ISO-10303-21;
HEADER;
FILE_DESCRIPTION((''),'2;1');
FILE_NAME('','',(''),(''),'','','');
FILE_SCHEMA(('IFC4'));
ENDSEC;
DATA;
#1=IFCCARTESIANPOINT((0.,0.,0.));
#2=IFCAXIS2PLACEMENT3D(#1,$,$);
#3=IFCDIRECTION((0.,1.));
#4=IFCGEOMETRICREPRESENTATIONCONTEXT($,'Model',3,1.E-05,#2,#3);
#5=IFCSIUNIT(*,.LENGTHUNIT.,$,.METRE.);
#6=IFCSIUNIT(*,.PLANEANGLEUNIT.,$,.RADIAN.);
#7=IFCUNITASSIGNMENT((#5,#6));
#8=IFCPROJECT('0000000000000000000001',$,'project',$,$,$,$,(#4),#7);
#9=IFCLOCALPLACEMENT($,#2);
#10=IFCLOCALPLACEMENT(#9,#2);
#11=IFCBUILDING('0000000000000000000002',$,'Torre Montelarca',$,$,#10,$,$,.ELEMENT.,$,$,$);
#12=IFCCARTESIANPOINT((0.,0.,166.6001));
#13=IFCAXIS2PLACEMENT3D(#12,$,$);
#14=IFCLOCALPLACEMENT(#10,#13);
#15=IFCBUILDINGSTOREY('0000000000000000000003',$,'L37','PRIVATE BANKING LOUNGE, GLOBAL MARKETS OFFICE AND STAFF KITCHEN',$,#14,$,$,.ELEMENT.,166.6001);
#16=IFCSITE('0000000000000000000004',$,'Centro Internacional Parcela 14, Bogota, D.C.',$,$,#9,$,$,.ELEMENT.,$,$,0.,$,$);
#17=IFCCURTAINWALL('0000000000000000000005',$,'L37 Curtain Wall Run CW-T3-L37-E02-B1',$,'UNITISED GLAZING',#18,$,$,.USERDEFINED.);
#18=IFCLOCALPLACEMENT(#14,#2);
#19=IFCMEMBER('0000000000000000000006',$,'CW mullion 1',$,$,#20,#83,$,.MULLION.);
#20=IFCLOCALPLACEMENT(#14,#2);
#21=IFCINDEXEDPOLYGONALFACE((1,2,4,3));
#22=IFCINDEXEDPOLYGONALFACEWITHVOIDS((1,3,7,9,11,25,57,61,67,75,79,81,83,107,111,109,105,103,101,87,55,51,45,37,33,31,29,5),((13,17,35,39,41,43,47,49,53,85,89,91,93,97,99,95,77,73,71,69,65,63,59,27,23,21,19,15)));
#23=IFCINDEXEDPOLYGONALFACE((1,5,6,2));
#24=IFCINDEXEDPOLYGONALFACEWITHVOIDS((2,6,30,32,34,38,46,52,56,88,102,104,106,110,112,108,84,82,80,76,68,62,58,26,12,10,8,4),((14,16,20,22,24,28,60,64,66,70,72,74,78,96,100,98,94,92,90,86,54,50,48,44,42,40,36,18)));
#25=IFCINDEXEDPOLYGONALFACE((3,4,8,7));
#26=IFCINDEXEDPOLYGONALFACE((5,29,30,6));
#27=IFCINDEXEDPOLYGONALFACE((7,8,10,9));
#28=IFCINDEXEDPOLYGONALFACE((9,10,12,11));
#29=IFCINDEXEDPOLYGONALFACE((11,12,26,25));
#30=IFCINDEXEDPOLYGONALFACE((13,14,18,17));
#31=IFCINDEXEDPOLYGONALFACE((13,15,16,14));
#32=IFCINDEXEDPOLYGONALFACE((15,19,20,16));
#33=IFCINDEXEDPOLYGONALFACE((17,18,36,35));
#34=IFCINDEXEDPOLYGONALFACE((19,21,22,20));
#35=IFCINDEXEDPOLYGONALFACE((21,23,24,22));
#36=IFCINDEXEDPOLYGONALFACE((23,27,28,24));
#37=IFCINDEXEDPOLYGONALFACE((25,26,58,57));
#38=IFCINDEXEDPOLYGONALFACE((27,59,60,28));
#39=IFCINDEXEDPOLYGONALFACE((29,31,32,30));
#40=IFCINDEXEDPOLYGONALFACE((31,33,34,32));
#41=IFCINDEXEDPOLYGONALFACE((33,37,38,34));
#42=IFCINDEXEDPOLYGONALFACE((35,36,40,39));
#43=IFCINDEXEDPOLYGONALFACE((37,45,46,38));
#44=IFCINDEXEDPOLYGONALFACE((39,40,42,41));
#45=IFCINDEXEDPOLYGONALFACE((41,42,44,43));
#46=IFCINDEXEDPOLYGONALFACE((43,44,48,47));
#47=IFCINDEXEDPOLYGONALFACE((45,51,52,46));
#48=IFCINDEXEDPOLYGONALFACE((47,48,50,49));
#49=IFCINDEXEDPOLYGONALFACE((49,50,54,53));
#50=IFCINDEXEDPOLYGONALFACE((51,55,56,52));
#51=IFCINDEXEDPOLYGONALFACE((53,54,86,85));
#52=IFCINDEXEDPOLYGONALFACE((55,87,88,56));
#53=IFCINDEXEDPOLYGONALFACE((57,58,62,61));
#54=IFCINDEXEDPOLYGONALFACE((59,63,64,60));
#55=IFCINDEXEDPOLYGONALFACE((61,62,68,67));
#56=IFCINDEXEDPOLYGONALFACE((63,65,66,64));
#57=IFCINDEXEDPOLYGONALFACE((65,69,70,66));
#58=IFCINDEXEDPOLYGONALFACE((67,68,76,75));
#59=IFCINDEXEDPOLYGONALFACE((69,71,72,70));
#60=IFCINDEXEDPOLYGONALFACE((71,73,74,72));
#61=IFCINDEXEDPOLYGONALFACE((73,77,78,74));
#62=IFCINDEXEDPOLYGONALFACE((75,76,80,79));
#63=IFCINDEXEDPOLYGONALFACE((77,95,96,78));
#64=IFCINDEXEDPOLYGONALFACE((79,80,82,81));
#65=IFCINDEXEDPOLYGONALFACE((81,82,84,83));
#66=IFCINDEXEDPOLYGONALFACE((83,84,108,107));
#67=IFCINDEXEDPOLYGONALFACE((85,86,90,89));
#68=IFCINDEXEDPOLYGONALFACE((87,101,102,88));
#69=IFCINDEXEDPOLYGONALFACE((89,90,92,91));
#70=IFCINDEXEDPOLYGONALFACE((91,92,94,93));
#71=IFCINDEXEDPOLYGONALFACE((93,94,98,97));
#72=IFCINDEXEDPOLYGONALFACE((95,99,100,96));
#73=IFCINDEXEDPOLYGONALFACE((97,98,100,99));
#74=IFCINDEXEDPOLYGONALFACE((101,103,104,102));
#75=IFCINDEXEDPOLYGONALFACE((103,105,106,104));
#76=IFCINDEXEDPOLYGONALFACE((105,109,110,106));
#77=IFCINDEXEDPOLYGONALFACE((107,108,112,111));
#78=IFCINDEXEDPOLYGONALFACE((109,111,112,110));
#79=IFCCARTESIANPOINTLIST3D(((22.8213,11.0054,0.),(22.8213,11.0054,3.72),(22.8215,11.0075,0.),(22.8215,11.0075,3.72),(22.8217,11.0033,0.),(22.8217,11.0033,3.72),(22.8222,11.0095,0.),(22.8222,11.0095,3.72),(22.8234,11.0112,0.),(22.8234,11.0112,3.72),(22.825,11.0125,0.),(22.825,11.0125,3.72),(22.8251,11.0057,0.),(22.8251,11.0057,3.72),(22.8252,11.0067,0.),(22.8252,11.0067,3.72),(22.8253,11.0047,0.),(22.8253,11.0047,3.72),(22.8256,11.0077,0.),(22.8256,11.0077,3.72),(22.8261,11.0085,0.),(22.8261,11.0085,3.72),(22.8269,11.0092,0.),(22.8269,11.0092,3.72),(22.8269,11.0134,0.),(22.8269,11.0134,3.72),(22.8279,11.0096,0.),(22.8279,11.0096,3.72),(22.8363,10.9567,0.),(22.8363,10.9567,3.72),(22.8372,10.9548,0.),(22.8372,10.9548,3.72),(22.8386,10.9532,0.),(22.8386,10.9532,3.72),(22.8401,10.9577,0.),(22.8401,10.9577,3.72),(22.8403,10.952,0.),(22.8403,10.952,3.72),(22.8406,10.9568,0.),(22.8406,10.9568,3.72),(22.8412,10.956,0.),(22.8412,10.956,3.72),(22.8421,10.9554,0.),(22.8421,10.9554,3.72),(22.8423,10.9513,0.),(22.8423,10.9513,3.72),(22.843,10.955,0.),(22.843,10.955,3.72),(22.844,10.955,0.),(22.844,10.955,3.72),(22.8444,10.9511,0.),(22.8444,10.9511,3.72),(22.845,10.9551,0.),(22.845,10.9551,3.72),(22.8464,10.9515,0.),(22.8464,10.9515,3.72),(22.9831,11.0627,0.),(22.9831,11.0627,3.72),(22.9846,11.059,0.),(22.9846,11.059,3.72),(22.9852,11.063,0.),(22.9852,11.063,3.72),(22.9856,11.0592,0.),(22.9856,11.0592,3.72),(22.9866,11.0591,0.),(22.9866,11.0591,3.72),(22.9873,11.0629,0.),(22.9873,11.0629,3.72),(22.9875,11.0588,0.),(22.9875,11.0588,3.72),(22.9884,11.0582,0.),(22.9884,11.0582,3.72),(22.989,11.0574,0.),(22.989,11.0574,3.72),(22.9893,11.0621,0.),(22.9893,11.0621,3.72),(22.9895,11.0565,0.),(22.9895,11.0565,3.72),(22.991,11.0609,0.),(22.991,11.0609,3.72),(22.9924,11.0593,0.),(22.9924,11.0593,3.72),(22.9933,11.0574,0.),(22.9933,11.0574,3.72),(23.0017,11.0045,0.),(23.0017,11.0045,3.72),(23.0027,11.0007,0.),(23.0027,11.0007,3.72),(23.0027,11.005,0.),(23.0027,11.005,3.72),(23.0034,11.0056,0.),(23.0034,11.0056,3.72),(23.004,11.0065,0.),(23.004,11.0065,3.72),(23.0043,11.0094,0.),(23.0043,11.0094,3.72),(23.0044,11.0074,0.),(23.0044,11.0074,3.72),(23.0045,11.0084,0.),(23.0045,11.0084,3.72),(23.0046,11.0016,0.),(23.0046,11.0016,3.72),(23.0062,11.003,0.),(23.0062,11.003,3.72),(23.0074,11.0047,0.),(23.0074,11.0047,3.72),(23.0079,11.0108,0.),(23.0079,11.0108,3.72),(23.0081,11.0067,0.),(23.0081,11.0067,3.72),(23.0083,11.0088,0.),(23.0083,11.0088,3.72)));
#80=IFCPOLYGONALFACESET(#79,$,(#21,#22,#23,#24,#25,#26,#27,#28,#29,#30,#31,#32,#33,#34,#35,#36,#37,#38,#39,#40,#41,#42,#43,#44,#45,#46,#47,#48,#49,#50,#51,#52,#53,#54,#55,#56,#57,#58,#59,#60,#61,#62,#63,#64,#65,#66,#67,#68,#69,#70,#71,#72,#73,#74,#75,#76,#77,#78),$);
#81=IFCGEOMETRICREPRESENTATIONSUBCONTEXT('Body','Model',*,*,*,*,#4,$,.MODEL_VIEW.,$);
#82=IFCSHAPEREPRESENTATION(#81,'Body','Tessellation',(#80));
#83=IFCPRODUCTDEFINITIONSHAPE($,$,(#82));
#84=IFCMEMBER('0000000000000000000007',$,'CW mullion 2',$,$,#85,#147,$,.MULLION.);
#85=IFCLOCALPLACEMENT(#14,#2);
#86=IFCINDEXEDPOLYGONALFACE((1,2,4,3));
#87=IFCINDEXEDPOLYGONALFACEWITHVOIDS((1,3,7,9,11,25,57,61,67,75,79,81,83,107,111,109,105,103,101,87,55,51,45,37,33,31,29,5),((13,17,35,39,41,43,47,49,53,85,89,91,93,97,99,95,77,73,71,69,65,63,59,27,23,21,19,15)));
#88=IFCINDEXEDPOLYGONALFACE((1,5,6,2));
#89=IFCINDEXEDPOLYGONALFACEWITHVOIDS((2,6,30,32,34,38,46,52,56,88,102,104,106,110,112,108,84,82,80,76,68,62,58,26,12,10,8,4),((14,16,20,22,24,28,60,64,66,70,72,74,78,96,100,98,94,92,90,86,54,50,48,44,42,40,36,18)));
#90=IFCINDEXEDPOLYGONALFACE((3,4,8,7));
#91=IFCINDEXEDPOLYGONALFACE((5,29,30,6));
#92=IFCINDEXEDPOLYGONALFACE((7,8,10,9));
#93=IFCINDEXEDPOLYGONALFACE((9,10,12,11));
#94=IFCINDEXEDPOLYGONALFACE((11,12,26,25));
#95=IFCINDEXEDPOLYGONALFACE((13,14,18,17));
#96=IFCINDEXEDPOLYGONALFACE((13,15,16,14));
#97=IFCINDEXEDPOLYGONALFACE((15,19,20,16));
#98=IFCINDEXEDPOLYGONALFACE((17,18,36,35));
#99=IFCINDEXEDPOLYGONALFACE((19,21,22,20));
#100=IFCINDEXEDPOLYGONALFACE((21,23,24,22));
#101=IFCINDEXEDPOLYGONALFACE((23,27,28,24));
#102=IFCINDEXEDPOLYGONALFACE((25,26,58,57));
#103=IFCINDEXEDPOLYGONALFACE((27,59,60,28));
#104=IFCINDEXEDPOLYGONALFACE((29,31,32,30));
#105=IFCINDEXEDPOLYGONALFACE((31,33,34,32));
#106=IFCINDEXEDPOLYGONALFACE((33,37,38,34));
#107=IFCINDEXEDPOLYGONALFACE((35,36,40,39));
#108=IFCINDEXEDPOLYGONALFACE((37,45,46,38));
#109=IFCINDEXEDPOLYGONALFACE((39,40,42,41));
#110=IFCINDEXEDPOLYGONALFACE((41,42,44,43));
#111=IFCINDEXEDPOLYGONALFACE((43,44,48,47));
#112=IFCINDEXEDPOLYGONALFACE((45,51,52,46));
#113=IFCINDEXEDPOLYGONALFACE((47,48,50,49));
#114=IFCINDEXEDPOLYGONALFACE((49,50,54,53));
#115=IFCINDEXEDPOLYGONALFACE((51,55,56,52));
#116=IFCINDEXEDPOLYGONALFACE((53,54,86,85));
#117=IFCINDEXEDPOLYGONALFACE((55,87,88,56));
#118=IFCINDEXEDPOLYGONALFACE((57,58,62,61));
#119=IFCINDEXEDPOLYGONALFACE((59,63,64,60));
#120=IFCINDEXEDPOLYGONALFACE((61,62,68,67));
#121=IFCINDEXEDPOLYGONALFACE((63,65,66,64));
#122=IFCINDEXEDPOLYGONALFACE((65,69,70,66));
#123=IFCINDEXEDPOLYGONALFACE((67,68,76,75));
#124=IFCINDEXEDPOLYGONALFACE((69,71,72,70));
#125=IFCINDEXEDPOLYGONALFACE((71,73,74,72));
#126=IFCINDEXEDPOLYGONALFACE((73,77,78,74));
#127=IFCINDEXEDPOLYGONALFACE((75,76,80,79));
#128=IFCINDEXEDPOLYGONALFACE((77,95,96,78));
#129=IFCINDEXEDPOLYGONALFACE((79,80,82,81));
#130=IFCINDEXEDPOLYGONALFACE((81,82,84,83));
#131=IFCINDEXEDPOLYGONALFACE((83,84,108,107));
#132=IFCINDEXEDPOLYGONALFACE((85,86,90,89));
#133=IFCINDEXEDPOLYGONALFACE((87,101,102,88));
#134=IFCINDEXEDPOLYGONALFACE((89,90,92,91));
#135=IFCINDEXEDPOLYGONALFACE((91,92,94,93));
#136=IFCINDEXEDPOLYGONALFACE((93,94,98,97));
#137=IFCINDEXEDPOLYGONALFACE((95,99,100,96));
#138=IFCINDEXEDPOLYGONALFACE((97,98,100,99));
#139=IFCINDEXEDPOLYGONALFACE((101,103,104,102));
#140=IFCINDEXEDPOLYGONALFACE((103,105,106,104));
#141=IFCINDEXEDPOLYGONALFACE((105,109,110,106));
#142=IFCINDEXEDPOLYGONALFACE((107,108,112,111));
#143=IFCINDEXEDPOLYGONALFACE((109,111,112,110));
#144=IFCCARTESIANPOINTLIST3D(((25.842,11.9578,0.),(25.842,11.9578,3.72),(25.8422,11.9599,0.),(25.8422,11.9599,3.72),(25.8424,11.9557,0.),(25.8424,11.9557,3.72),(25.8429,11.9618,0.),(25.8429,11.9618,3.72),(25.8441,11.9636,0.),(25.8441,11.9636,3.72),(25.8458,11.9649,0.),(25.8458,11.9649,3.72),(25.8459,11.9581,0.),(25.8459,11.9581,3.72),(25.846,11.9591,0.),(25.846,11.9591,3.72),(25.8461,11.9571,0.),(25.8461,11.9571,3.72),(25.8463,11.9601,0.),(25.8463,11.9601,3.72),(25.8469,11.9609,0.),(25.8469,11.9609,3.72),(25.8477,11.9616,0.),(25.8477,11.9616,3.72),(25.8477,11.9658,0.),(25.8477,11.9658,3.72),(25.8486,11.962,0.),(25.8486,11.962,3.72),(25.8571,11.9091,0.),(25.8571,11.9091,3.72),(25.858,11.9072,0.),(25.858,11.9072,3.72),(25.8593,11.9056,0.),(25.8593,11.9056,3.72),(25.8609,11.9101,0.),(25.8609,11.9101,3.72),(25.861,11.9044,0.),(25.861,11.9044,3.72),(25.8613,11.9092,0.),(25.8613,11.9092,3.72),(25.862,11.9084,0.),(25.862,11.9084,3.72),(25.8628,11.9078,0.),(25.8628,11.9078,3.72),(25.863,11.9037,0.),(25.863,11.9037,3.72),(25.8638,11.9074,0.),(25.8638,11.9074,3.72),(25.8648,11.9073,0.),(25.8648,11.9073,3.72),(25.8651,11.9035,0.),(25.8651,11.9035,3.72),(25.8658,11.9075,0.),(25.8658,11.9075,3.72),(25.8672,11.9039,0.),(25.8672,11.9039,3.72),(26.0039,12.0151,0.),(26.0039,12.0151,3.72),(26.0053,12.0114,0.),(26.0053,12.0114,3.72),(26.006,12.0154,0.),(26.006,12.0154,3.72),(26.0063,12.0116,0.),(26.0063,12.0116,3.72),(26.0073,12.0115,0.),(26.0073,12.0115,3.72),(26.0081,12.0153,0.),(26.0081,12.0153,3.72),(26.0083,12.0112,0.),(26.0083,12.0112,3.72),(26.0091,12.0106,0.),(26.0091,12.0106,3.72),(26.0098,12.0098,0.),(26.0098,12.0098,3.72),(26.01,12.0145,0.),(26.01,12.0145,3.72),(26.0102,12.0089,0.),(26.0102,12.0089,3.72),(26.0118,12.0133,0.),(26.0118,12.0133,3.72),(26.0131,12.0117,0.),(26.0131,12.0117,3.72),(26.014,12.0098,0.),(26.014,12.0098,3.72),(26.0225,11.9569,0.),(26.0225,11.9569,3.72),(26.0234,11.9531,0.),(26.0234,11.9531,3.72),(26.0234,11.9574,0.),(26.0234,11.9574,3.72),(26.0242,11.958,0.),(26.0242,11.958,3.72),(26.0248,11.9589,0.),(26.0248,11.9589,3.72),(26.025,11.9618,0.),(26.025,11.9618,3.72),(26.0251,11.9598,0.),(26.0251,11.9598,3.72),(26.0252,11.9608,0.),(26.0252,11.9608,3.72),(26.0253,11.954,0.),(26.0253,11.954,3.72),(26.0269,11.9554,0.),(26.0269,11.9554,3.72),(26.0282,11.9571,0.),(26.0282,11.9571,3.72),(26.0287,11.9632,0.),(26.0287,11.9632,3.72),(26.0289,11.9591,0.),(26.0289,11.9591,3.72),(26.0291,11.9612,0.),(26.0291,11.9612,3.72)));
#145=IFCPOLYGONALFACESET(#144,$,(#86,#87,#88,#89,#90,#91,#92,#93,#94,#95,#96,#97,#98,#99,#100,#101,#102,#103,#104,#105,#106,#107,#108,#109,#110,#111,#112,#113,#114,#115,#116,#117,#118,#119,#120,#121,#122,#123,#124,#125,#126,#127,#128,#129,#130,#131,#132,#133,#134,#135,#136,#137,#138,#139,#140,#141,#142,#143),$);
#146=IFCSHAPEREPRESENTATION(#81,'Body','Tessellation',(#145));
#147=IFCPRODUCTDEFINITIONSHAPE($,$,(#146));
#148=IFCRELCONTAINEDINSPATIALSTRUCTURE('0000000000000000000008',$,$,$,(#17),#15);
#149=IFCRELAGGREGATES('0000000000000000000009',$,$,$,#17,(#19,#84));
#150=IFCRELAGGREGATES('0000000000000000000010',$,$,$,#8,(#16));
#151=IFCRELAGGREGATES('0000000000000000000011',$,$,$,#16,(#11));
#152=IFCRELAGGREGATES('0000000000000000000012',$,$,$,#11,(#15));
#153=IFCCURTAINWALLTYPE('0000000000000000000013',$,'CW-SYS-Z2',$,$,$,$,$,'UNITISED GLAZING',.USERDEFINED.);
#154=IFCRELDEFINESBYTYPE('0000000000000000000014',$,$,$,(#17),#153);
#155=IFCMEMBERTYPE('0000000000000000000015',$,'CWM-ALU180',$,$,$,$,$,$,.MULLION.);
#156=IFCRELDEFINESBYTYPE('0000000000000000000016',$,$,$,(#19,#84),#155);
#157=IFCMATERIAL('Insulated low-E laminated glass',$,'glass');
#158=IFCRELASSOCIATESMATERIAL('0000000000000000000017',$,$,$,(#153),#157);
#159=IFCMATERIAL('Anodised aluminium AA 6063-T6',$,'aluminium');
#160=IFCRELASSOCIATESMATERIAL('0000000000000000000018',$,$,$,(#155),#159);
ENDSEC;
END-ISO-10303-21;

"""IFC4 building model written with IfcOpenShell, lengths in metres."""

from ifc_helpers import new_model, si_unit, direction, frame, origin, origin_2d, place, context, subcontext, project, spatial, hollow_rectangle, extrude, source, transform, mapped, material, material_profile, profile_set, type_object, element, aggregate, save


model = new_model("IFC4")

# Units and contexts
model_context = context("Model", 3, precision=1e-05, world=origin(), true_north=direction((0.0, 1.0)))
body_context = subcontext(model_context, "Body", "Model", "MODEL_VIEW")
ifc_project = project(units=[si_unit("LENGTHUNIT", "METRE"), si_unit("PLANEANGLEUNIT", "RADIAN")], contexts=[model_context])

# Site, building, storey
site_placement = place(None, origin())
site = spatial("IfcSite", under=ifc_project, at=site_placement, Name="Centro Internacional Parcela 14, Bogota, D.C.", CompositionType="ELEMENT", RefElevation=0.0)
building_placement = place(site_placement, origin())
building = spatial("IfcBuilding", under=site, at=building_placement, Name="Torre Montelarca", CompositionType="ELEMENT")
storey_placement = place(building_placement, frame((0.0, 0.0, 166.6001)))
storey = spatial("IfcBuildingStorey", under=building, at=storey_placement, Name="L37", Description="PRIVATE BANKING LOUNGE, GLOBAL MARKETS OFFICE AND STAFF KITCHEN", CompositionType="ELEMENT", Elevation=166.6001)

# Curtain wall
ifc_material_1 = material(Name="Insulated low-E laminated glass", Category="glass")
curtain_wall_type = type_object("IfcCurtainWallType", Name="CW-SYS-Z2", ElementType="UNITISED GLAZING", PredefinedType="USERDEFINED", material=ifc_material_1)
curtain_wall_1_placement = place(storey_placement, origin())
curtain_wall_1 = element("IfcCurtainWall", 1, at=curtain_wall_1_placement, inside=storey, type_object=curtain_wall_type, Name="L37 Curtain Wall Run CW-T3-L37-E02-B1", ObjectType="UNITISED GLAZING", PredefinedType="USERDEFINED")
ifc_material_2 = material(Name="Anodised aluminium AA 6063-T6", Category="aluminium")

# Shared definitions
ifc_material_profile_1 = material_profile(ifc_material_2, hollow_rectangle(XDim=0.0649, YDim=0.1799, WallThickness=0.0039, InnerFilletRadius=0.0039, OuterFilletRadius=0.0081, at=origin_2d()), Name="ALU65X180X4", Category="aluminium")
ifc_profile_set_1 = profile_set([ifc_material_profile_1], Name="Anodised aluminium AA 6063-T6")
member_type_1 = type_object("IfcMemberType", Name="CWM-ALU180", PredefinedType="MULLION", material=ifc_profile_set_1)
shared_shape_1 = source(origin(), body_context, "Body", "SweptSolid", [
    extrude(hollow_rectangle(XDim=0.0649, YDim=0.1799, WallThickness=0.0039, InnerFilletRadius=0.0039, OuterFilletRadius=0.0081, at=origin_2d()), origin(), (0.0, 0.0, 1.0), 3.72),
])

# Members
member_1_placement = place(storey_placement, frame((22.9148, 11.0071, 0.0), z_axis=(0.0, 0.0, 1.0), x_axis=(-0.300703, 0.953718, 0.0)))
member_1 = element("IfcMember", 2, at=member_1_placement, type_object=member_type_1, Name="CW mullion 1", PredefinedType="MULLION", context=body_context, shape_type="MappedRepresentation", body=[
    mapped(shared_shape_1, transform((0.0, 0.0, 0.0), scale=1.0)),
])
member_2_placement = place(storey_placement, frame((25.9355, 11.9595, 0.0), z_axis=(0.0, 0.0, 1.0), x_axis=(-0.300703, 0.953718, 0.0)))
member_2 = element("IfcMember", 3, at=member_2_placement, type_object=member_type_1, Name="CW mullion 2", PredefinedType="MULLION", context=body_context, shape_type="MappedRepresentation", body=[
    mapped(shared_shape_1, transform((0.0, 0.0, 0.0), scale=1.0)),
])

aggregate(curtain_wall_1, [member_1, member_2])

save(model, "model.ifc")
